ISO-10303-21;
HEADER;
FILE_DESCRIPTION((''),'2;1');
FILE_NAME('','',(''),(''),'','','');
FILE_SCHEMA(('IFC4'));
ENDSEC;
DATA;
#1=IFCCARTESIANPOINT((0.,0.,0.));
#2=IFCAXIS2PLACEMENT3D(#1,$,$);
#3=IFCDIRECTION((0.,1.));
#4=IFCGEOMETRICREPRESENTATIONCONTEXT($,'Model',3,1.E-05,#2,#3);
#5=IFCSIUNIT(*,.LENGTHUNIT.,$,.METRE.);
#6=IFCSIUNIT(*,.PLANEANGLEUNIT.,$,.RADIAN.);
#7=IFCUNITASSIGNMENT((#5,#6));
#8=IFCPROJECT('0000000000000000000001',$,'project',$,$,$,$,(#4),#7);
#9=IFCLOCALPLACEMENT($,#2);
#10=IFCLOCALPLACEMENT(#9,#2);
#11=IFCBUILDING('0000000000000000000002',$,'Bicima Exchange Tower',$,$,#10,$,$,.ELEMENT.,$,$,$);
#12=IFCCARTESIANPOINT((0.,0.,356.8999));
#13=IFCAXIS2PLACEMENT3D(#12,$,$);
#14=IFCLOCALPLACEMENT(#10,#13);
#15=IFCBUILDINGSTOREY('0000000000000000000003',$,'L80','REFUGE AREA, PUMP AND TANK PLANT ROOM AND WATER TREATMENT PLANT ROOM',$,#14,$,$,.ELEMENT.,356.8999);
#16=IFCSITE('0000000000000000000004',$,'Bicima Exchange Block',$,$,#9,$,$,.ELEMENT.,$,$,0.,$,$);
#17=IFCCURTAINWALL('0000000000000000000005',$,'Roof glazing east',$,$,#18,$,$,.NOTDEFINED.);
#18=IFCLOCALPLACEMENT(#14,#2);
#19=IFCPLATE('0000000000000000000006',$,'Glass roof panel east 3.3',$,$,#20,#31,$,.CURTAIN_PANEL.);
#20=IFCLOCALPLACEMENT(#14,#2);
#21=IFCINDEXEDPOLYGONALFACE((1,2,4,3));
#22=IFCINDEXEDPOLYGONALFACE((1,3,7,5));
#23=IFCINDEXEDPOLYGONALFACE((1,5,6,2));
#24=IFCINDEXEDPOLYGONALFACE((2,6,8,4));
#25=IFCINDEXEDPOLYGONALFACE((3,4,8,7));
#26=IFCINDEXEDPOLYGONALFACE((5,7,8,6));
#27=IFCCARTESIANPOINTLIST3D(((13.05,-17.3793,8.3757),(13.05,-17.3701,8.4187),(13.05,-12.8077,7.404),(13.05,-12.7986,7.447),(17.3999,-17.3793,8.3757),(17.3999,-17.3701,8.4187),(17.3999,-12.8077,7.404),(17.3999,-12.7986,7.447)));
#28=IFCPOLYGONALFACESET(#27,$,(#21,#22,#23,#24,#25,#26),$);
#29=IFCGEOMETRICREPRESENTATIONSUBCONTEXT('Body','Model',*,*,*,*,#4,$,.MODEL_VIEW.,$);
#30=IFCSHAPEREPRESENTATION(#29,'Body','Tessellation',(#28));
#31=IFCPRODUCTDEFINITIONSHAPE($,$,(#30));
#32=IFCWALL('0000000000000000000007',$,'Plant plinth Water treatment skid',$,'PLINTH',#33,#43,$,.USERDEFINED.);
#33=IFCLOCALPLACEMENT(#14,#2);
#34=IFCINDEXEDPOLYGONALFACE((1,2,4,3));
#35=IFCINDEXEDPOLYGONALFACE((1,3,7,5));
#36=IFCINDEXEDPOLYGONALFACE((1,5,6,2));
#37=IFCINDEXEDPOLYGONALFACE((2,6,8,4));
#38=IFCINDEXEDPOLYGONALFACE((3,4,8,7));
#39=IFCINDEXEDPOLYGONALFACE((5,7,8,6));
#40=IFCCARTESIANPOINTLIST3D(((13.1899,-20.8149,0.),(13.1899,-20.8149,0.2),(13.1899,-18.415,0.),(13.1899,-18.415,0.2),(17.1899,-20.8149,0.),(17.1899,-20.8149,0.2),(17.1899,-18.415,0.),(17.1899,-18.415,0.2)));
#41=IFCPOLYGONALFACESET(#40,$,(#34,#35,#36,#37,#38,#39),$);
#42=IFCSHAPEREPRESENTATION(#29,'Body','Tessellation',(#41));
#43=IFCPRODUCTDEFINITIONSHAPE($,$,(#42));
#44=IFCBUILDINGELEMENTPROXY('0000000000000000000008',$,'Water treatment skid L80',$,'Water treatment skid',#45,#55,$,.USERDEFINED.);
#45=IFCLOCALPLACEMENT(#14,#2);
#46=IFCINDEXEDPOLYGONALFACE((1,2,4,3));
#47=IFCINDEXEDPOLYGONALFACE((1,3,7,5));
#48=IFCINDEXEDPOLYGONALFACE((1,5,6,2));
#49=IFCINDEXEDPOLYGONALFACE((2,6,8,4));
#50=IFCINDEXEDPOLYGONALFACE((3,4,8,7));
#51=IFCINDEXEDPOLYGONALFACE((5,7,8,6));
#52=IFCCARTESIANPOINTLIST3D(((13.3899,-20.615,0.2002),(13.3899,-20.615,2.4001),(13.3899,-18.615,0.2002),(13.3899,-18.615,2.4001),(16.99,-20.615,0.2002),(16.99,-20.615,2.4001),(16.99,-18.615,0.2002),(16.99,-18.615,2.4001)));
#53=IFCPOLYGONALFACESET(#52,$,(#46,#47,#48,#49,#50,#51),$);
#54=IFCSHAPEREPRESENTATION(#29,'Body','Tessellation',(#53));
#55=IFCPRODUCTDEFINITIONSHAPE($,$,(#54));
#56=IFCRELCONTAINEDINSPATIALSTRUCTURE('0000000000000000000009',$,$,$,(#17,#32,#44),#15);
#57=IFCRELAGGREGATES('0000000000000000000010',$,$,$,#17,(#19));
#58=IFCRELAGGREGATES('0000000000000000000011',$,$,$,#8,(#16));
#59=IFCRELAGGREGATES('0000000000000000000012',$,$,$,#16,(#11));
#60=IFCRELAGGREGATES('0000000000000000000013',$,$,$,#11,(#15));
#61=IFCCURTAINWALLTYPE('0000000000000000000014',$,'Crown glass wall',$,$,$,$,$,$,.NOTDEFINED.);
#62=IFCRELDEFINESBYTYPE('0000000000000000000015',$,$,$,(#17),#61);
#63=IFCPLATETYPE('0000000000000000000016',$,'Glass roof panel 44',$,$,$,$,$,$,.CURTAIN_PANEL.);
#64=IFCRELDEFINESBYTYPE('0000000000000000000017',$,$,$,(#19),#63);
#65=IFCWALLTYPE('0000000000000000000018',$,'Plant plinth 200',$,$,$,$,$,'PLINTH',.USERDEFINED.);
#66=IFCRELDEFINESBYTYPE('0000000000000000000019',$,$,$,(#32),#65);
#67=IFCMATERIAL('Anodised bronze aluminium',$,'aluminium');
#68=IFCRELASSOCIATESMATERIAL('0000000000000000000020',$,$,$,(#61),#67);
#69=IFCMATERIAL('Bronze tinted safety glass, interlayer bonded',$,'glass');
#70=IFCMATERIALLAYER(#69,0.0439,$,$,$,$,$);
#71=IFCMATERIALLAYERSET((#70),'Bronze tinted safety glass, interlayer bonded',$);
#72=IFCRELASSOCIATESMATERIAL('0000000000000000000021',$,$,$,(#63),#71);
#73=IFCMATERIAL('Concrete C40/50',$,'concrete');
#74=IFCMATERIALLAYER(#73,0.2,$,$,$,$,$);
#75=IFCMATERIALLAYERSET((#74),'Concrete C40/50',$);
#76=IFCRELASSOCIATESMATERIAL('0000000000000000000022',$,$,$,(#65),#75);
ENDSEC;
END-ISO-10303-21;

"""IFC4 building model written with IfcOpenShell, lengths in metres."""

from ifc_helpers import new_model, si_unit, direction, frame, origin, origin_2d, place, context, subcontext, project, spatial, polyline, rectangle, outline, extrude, material, layer, layer_set, type_object, element, aggregate, save


model = new_model("IFC4")

# Units and contexts
model_context = context("Model", 3, precision=1e-05, world=origin(), true_north=direction((0.0, 1.0)))
body_context = subcontext(model_context, "Body", "Model", "MODEL_VIEW")
ifc_project = project(units=[si_unit("LENGTHUNIT", "METRE"), si_unit("PLANEANGLEUNIT", "RADIAN")], contexts=[model_context])

# Site, building, storey
site_placement = place(None, origin())
site = spatial("IfcSite", under=ifc_project, at=site_placement, Name="Bicima Exchange Block", CompositionType="ELEMENT", RefElevation=0.0)
building_placement = place(site_placement, origin())
building = spatial("IfcBuilding", under=site, at=building_placement, Name="Bicima Exchange Tower", CompositionType="ELEMENT")
storey_placement = place(building_placement, frame((0.0, 0.0, 356.8999)))
storey = spatial("IfcBuildingStorey", under=building, at=storey_placement, Name="L80", Description="REFUGE AREA, PUMP AND TANK PLANT ROOM AND WATER TREATMENT PLANT ROOM", CompositionType="ELEMENT", Elevation=356.8999)

# Shared definitions
ifc_material_1 = material(Name="Anodised bronze aluminium", Category="aluminium")
curtain_wall_type = type_object("IfcCurtainWallType", Name="Crown glass wall", PredefinedType="NOTDEFINED", material=ifc_material_1)

# Curtain wall
curtain_wall_1_placement = place(storey_placement, origin())
curtain_wall_1 = element("IfcCurtainWall", 1, at=curtain_wall_1_placement, inside=storey, type_object=curtain_wall_type, Name="Roof glazing east", PredefinedType="NOTDEFINED")

# Shared definitions
ifc_material_2 = material(Name="Bronze tinted safety glass, interlayer bonded", Category="glass")
ifc_layer_1 = layer(ifc_material_2, 0.0439)
ifc_layer_set_1 = layer_set([ifc_layer_1], Name="Bronze tinted safety glass, interlayer bonded")
plate_type_1 = type_object("IfcPlateType", Name="Glass roof panel 44", PredefinedType="CURTAIN_PANEL", material=ifc_layer_set_1)

# Plate
plate_1_placement = place(storey_placement, frame((13.05, -17.3701, 8.4187), z_axis=(0.0, 0.207906, 0.978149), x_axis=(0.0, 0.978149, -0.207906)))
plate_1 = element("IfcPlate", 2, at=plate_1_placement, type_object=plate_type_1, Name="Glass roof panel east 3.3", PredefinedType="CURTAIN_PANEL", context=body_context, shape_type="SweptSolid", body=[
    extrude(outline(polyline([(0.0, 0.0), (4.6737, 0.0), (4.6737, -4.3499), (0.0, -4.3499), (0.0, 0.0)])), origin(), (0.0, 0.0, -1.0), 0.0439),
])
aggregate(curtain_wall_1, [plate_1])

# Wall
ifc_material_3 = material(Name="Concrete C40/50", Category="concrete")
ifc_layer_2 = layer(ifc_material_3, 0.2)
ifc_layer_set_2 = layer_set([ifc_layer_2], Name="Concrete C40/50")
wall_type = type_object("IfcWallType", Name="Plant plinth 200", ElementType="PLINTH", PredefinedType="USERDEFINED", material=ifc_layer_set_2)
wall_placement = place(storey_placement, frame((15.1899, -19.615, 0.0), z_axis=(0.0, 0.0, 1.0), x_axis=(1.0, 0.0, 0.0)))
element("IfcWall", 3, at=wall_placement, inside=storey, type_object=wall_type, Name="Plant plinth Water treatment skid", ObjectType="PLINTH", PredefinedType="USERDEFINED", context=body_context, shape_type="SweptSolid", body=[
    extrude(rectangle(XDim=4.0, YDim=2.3999, at=origin_2d()), origin(), (0.0, 0.0, 1.0), 0.2),
])

# Building element proxy
proxy_placement = place(storey_placement, frame((15.1899, -19.615, 0.2002), z_axis=(0.0, 0.0, 1.0), x_axis=(1.0, 0.0, 0.0)))
element("IfcBuildingElementProxy", 4, at=proxy_placement, inside=storey, Name="Water treatment skid L80", ObjectType="Water treatment skid", PredefinedType="USERDEFINED", context=body_context, shape_type="SweptSolid", body=[
    extrude(rectangle(XDim=3.6001, YDim=2.0, at=origin_2d()), origin(), (0.0, 0.0, 1.0), 2.2),
])

save(model, "model.ifc")
